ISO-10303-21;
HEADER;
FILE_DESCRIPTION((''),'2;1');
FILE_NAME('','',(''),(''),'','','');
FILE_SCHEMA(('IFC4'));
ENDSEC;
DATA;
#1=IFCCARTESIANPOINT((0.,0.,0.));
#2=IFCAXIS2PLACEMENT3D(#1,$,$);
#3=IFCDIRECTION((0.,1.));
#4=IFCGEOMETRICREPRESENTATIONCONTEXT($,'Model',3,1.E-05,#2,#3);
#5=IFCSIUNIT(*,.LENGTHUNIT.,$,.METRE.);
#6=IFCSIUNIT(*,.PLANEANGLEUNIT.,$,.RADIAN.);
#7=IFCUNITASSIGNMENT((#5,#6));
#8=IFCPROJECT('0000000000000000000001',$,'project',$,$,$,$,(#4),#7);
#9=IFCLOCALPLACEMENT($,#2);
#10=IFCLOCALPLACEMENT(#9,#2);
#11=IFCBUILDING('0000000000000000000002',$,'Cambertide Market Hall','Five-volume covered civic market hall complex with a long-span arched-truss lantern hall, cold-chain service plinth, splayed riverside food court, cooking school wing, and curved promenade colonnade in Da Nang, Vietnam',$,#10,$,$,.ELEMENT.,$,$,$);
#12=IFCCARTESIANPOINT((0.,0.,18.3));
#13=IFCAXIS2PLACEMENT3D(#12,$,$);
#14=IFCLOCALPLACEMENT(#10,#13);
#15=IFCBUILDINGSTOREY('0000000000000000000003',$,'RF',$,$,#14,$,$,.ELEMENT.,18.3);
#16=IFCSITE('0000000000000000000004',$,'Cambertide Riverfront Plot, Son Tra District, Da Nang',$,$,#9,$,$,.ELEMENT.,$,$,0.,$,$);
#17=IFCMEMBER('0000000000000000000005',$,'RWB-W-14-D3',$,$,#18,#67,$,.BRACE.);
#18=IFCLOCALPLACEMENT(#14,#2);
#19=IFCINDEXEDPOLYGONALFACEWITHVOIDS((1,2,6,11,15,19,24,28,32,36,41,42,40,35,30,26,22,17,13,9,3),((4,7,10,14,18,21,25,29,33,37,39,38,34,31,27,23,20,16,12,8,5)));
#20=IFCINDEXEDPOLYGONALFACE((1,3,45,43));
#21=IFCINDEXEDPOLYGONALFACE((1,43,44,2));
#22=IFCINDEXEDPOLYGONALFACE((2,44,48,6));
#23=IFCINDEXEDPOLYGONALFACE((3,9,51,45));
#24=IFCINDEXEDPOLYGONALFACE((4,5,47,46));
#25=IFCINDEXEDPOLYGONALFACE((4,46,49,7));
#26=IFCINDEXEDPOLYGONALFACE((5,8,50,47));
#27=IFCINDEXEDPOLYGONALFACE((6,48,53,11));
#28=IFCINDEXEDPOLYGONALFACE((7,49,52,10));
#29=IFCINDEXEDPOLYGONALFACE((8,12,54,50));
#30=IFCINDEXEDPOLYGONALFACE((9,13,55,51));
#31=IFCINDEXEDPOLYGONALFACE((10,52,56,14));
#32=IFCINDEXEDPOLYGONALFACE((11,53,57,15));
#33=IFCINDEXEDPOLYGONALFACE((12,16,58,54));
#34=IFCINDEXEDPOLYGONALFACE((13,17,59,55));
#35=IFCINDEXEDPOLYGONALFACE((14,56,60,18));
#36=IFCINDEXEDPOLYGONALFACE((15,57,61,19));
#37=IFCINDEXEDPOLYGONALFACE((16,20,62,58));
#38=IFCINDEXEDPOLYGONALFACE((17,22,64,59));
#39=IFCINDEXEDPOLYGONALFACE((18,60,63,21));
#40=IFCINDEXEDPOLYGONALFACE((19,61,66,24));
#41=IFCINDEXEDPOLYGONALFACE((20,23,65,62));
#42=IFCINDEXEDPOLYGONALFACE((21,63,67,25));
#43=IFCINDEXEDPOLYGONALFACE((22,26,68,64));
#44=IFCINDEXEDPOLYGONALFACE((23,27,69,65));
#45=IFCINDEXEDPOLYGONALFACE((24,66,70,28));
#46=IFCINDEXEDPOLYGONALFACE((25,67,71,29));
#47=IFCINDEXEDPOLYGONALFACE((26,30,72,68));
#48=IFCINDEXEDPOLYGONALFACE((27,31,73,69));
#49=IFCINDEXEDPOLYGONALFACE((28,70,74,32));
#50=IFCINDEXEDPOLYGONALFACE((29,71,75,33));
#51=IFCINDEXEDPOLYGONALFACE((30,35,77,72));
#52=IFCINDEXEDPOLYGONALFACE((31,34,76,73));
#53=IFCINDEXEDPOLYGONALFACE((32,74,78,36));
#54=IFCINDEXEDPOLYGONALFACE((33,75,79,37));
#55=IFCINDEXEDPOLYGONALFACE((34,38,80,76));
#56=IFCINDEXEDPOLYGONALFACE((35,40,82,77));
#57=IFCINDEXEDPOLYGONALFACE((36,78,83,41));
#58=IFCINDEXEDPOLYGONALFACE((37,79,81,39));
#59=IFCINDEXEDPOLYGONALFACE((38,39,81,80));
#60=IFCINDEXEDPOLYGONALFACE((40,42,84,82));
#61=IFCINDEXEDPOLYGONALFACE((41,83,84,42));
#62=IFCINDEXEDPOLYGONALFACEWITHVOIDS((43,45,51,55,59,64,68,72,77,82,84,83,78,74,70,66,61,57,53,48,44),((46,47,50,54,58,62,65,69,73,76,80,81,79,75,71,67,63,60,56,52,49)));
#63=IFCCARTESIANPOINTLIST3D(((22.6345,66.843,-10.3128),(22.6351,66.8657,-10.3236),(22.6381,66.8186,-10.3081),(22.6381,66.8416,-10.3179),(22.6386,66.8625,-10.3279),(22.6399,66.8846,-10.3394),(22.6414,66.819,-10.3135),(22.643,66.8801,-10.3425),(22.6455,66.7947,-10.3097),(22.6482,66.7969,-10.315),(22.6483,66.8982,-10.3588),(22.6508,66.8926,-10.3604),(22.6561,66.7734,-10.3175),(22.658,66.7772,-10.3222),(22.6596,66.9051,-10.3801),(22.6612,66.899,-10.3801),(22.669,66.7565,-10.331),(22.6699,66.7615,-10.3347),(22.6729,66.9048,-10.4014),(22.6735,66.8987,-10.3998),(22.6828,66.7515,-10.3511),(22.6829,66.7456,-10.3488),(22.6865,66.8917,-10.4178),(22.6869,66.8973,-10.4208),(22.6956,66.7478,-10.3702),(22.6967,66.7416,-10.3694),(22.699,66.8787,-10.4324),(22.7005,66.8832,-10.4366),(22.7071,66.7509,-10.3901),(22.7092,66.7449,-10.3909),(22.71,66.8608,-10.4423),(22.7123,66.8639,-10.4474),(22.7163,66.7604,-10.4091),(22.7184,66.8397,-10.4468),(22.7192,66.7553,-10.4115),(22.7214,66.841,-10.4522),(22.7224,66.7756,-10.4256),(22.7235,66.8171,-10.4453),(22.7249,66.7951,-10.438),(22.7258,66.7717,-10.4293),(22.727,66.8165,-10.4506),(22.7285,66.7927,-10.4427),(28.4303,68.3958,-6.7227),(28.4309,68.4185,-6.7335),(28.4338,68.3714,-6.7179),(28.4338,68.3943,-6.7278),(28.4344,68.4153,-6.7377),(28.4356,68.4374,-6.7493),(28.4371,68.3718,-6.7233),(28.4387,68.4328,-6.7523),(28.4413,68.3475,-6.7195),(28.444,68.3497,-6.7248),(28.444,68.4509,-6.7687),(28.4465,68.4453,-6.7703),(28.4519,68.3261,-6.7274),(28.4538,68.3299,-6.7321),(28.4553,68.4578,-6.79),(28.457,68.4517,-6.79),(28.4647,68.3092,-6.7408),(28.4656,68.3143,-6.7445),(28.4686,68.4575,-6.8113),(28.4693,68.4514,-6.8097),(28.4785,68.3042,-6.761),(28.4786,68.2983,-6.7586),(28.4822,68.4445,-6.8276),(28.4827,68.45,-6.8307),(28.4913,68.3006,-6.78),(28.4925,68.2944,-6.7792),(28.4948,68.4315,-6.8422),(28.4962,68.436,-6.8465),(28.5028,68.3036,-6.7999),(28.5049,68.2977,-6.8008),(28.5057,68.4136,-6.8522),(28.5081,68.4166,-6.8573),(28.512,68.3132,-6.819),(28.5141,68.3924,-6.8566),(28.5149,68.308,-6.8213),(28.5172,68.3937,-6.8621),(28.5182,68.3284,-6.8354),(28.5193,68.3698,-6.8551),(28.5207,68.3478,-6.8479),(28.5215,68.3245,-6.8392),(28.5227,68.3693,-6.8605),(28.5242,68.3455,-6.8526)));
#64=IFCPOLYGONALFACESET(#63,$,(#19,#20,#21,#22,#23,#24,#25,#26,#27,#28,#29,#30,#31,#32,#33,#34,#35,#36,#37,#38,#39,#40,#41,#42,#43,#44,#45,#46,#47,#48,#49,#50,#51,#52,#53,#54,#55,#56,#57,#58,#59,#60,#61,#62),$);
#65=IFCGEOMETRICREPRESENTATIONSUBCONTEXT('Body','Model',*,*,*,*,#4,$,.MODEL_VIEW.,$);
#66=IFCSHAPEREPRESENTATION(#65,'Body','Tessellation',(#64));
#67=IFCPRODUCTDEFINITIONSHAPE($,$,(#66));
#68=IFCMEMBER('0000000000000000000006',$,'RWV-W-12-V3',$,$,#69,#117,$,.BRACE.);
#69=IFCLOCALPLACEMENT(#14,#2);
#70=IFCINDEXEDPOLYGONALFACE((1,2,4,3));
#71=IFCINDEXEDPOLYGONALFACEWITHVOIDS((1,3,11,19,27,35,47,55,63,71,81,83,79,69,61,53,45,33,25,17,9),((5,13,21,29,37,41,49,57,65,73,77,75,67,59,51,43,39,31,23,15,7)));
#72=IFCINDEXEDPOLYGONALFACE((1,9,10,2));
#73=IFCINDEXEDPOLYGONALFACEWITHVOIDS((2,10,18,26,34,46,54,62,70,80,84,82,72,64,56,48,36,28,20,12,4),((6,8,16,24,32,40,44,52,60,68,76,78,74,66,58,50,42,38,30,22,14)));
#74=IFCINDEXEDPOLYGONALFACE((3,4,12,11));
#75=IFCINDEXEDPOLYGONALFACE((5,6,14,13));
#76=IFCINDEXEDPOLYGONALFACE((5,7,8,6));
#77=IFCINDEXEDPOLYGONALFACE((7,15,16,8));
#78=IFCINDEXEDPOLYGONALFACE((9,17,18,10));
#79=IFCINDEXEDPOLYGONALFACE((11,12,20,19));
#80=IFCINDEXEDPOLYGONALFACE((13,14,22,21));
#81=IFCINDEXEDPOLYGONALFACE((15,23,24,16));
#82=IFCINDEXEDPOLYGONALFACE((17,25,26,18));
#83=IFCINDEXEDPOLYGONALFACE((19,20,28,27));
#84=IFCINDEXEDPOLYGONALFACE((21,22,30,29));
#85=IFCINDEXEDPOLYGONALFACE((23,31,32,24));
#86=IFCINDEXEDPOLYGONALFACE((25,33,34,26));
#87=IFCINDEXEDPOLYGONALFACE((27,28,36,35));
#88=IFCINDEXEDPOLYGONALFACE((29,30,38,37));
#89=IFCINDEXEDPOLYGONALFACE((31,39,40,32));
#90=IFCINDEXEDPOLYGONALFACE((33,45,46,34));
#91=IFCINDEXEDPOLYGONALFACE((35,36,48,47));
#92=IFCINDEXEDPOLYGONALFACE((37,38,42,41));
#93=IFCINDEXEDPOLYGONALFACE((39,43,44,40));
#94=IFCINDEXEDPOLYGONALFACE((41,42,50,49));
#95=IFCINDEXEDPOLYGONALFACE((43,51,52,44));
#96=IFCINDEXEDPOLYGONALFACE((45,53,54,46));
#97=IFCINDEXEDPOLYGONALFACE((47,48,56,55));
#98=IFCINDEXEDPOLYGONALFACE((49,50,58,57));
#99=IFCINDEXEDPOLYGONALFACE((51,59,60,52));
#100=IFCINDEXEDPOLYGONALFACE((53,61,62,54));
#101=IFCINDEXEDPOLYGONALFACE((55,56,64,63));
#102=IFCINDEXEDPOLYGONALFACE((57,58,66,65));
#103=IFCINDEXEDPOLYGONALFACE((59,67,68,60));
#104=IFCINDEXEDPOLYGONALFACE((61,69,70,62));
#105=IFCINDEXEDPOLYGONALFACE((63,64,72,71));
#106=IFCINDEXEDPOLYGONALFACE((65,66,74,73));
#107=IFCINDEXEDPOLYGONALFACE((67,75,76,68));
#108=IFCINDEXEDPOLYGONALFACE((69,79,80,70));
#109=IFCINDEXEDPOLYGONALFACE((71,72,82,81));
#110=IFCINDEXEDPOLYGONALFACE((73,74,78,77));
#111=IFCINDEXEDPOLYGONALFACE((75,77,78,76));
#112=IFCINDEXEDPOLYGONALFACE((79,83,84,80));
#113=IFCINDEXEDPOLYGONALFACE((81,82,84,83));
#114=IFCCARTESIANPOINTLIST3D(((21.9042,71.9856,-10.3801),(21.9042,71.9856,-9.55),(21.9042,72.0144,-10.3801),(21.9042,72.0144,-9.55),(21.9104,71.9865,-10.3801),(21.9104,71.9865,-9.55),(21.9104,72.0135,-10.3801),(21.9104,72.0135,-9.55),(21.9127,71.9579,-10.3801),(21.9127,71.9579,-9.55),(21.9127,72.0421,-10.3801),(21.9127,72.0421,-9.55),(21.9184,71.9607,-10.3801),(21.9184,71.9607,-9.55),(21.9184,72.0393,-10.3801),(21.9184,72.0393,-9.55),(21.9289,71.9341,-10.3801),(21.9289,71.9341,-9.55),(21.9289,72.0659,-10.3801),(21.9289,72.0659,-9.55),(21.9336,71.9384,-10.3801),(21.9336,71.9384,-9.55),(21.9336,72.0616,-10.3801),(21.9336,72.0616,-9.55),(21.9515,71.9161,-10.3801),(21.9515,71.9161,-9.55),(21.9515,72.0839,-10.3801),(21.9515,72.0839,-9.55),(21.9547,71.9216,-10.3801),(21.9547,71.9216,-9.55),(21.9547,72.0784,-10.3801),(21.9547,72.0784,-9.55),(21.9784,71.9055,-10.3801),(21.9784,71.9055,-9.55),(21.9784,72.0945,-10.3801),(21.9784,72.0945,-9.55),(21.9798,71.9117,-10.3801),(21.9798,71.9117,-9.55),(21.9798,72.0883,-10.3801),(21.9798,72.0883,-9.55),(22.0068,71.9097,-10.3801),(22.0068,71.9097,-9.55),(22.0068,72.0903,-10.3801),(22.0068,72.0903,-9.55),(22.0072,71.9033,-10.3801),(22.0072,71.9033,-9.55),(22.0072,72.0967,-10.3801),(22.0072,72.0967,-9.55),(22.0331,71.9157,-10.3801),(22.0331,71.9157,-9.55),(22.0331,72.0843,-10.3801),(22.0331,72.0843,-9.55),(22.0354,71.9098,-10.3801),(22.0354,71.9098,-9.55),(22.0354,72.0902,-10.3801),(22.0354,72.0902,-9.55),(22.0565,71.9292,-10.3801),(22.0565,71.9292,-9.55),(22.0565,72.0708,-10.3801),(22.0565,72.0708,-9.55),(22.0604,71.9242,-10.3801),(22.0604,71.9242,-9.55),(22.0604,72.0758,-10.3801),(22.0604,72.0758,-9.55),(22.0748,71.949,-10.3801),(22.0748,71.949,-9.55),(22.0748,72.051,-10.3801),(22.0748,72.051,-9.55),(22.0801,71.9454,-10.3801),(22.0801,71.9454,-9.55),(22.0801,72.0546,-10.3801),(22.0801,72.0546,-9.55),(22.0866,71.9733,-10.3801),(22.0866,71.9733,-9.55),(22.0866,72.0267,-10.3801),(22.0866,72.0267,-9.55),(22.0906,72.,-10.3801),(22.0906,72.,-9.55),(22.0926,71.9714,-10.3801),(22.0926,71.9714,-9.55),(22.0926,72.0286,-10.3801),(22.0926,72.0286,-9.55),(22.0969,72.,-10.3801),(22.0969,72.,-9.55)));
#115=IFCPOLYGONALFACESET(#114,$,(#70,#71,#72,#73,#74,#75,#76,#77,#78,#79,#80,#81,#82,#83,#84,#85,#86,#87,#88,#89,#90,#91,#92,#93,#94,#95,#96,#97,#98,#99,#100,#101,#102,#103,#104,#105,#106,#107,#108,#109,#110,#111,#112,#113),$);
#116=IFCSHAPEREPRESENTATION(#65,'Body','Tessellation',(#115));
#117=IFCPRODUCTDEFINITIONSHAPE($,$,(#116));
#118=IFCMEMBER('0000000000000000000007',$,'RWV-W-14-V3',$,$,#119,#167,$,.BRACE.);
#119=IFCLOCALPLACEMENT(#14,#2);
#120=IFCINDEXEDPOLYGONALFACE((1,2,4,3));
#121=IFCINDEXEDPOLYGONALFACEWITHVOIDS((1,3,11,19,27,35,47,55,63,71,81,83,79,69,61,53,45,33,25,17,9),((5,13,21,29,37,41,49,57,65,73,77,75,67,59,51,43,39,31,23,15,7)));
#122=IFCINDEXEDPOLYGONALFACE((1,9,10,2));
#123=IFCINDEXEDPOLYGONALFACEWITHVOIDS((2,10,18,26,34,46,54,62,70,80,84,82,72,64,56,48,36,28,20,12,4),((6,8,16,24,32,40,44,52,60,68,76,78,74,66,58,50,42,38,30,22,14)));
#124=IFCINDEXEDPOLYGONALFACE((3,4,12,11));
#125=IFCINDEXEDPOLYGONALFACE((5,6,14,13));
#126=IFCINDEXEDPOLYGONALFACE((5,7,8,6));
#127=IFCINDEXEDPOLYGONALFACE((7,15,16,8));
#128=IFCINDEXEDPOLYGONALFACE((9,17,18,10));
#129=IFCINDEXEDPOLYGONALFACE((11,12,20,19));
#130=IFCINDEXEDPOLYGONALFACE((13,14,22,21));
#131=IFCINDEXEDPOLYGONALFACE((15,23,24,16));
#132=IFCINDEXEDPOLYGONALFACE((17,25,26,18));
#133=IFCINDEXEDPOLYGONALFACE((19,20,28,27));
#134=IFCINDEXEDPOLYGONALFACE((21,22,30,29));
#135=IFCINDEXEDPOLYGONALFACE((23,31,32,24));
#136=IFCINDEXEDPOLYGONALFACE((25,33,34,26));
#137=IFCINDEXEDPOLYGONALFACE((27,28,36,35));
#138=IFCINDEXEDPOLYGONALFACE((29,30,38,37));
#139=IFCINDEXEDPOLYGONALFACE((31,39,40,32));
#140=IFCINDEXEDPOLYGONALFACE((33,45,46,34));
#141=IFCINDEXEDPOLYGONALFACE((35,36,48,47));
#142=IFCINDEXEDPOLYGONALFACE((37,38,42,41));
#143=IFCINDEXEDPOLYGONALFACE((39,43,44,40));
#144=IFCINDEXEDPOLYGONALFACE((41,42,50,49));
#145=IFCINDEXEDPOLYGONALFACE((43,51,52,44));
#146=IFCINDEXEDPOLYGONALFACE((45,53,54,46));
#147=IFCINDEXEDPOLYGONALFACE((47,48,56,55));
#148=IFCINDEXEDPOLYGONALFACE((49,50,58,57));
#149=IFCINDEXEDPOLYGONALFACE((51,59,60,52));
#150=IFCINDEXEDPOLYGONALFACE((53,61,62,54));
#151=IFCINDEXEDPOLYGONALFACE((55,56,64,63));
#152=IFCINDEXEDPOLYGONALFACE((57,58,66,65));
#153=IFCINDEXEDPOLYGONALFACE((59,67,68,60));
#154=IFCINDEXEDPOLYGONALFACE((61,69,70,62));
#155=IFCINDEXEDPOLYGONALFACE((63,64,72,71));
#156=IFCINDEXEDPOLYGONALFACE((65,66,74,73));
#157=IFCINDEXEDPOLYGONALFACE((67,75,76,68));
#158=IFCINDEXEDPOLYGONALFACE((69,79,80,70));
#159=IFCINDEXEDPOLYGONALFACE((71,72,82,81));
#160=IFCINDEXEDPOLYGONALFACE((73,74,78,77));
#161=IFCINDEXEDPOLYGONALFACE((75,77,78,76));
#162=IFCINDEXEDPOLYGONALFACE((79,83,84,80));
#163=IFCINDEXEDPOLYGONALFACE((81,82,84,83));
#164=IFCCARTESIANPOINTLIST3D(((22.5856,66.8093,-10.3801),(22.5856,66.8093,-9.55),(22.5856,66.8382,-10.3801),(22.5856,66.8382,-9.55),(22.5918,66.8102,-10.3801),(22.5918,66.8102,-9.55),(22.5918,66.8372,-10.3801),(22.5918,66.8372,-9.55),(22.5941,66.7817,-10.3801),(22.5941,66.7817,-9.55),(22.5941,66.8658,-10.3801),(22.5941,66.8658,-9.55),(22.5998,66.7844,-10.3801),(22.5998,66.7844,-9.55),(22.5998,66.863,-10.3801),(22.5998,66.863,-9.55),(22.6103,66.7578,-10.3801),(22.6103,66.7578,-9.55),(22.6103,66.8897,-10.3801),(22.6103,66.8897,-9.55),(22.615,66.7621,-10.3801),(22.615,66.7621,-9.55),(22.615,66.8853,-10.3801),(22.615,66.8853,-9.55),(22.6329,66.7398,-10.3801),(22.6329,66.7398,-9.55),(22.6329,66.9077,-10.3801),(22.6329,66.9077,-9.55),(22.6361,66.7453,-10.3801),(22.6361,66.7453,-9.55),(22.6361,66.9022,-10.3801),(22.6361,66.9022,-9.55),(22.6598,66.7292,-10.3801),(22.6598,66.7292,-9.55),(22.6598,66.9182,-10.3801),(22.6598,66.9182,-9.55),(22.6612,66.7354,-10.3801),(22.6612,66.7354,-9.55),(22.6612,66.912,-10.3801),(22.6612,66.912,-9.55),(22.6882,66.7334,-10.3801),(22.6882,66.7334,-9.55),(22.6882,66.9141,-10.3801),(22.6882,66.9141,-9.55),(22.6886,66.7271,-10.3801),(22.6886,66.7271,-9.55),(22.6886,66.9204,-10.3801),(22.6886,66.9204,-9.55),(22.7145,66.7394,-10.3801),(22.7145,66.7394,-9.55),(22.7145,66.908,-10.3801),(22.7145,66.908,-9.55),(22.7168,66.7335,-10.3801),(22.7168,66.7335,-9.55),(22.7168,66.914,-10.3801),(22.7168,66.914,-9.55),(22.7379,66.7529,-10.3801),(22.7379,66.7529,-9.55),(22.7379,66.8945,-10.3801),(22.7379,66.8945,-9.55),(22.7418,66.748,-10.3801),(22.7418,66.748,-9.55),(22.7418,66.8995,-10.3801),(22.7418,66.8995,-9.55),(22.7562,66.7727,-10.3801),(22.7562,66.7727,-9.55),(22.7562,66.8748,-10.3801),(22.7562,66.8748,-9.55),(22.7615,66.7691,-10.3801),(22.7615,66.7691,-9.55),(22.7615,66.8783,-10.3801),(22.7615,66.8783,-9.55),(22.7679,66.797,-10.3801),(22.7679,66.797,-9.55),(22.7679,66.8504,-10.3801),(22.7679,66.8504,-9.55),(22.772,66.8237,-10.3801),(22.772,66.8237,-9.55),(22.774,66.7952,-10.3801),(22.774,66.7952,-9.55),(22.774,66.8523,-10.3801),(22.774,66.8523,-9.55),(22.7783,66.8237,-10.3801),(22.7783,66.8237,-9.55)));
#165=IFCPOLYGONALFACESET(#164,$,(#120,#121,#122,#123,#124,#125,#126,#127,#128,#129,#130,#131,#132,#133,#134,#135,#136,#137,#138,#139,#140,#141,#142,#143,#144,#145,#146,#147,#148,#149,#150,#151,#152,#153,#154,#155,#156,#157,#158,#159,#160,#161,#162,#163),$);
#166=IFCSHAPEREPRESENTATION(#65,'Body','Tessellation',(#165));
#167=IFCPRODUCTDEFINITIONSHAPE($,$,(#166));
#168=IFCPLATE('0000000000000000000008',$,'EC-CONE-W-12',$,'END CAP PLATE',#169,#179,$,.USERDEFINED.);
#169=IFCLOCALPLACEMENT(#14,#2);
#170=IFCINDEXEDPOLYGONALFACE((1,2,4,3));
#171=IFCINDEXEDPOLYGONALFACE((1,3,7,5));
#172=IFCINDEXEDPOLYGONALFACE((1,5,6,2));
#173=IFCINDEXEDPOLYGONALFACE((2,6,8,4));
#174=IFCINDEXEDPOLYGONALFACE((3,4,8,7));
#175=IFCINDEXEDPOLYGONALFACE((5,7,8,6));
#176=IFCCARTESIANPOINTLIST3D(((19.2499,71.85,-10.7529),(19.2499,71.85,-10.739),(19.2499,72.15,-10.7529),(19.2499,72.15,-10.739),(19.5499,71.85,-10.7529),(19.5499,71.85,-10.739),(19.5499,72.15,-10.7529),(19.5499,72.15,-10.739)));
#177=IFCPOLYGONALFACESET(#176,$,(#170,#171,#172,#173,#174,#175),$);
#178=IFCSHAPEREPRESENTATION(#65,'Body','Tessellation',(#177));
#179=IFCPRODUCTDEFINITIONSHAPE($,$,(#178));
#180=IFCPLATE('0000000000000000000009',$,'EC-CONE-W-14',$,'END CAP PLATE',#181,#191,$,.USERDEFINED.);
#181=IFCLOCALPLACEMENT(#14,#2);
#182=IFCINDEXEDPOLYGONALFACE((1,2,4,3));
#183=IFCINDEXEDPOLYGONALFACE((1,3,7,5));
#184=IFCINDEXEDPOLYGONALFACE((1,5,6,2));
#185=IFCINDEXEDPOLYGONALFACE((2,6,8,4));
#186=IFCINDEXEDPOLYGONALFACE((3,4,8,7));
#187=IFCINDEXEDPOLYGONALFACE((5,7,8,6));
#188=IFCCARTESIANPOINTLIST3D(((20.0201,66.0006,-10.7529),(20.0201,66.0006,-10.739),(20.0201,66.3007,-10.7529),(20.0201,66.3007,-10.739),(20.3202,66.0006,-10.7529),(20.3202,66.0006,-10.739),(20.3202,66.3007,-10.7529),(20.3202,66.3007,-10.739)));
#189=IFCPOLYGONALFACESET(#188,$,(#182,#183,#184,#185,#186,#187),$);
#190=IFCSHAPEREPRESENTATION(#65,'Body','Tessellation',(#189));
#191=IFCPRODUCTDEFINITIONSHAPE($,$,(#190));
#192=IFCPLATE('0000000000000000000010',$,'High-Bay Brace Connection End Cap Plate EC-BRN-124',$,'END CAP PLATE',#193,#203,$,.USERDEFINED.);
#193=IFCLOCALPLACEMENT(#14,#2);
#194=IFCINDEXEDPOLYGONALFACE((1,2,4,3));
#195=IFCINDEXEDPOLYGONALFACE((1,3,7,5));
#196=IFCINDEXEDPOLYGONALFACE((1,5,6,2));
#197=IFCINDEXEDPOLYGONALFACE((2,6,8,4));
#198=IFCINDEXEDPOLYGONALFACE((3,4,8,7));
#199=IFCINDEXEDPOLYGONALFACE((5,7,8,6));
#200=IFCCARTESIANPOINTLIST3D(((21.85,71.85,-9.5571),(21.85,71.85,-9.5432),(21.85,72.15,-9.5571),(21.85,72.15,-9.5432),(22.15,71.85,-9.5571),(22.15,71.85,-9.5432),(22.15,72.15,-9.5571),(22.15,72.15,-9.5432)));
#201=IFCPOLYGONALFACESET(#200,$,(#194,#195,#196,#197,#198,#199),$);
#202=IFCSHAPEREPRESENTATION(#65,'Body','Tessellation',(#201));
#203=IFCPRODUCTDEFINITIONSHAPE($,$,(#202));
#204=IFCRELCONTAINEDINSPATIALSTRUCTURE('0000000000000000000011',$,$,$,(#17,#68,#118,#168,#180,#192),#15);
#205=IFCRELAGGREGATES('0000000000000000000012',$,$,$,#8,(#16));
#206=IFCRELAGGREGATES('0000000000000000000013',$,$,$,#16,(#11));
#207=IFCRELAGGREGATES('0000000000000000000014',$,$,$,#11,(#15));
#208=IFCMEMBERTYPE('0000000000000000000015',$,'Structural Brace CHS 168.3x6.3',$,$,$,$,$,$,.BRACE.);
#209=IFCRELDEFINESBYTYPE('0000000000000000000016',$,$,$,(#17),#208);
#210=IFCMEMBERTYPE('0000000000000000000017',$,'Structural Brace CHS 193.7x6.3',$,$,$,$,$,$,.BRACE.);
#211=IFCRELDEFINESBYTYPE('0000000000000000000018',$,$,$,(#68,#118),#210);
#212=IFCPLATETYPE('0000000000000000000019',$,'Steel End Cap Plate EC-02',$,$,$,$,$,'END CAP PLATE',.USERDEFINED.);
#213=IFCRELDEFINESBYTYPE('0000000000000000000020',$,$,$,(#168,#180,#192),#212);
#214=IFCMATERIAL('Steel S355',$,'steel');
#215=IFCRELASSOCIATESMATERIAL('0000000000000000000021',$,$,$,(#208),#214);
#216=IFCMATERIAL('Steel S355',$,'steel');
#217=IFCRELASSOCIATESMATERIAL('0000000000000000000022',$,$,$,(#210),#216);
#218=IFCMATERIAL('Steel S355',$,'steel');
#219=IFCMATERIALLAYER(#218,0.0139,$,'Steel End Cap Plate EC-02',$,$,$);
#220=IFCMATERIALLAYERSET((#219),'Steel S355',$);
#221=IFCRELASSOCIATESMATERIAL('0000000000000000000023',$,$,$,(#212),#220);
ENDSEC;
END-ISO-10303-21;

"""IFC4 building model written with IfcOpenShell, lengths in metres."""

from ifc_helpers import new_model, si_unit, direction, frame, origin, origin_2d, place, context, subcontext, project, spatial, rectangle, hollow_circle, extrude, material, layer, layer_set, material_profile, profile_set, type_object, element, save


model = new_model("IFC4")

# Units and contexts
model_context = context("Model", 3, precision=1e-05, world=origin(), true_north=direction((0.0, 1.0)))
body_context = subcontext(model_context, "Body", "Model", "MODEL_VIEW")
ifc_project = project(units=[si_unit("LENGTHUNIT", "METRE"), si_unit("PLANEANGLEUNIT", "RADIAN")], contexts=[model_context])

# Site, building, storey
site_placement = place(None, origin())
site = spatial("IfcSite", under=ifc_project, at=site_placement, Name="Cambertide Riverfront Plot, Son Tra District, Da Nang", CompositionType="ELEMENT", RefElevation=0.0)
building_placement = place(site_placement, origin())
building = spatial("IfcBuilding", under=site, at=building_placement, Name="Cambertide Market Hall", Description="Five-volume covered civic market hall complex with a long-span arched-truss lantern hall, cold-chain service plinth, splayed riverside food court, cooking school wing, and curved promenade colonnade in Da Nang, Vietnam", CompositionType="ELEMENT")
storey_placement = place(building_placement, frame((0.0, 0.0, 18.3)))
storey = spatial("IfcBuildingStorey", under=building, at=storey_placement, Name="RF", CompositionType="ELEMENT", Elevation=18.3)

# Members
ifc_material_1 = material(Name="Steel S355", Category="steel")
ifc_material_profile_1 = material_profile(ifc_material_1, hollow_circle(Radius=0.0842, WallThickness=0.0063, at=origin_2d()), Name="CHS 168.3x6.3")
ifc_profile_set_1 = profile_set([ifc_material_profile_1], Name="Steel S355")
member_type_1 = type_object("IfcMemberType", Name="Structural Brace CHS 168.3x6.3", PredefinedType="BRACE", material=ifc_profile_set_1)
member_1_placement = place(storey_placement, frame((22.6814, 66.8237, -10.3801), z_axis=(0.828887, 0.22207, 0.51345), x_axis=(-0.258787, 0.965934, 0.0)))
element("IfcMember", 1, at=member_1_placement, inside=storey, type_object=member_type_1, Name="RWB-W-14-D3", PredefinedType="BRACE", context=body_context, shape_type="SweptSolid", body=[
    extrude(hollow_circle(Radius=0.0842, WallThickness=0.0063, at=origin_2d()), origin(), (0.0, 0.0, 1.0), 6.9922),
])
ifc_material_2 = material(Name="Steel S355", Category="steel")
ifc_material_profile_2 = material_profile(ifc_material_2, hollow_circle(Radius=0.0969, WallThickness=0.0063, at=origin_2d()), Name="CHS 193.7x6.3")
ifc_profile_set_2 = profile_set([ifc_material_profile_2], Name="Steel S355")
member_type_2 = type_object("IfcMemberType", Name="Structural Brace CHS 193.7x6.3", PredefinedType="BRACE", material=ifc_profile_set_2)
for number, where, z_axis, x_axis, name in (
    (2, (22.0, 72.0, -10.3801), (0.0, 0.0, 1.0), (1.0, 0.0, 0.0), "RWV-W-12-V3"),
    (3, (22.6814, 66.8237, -10.3801), (0.0, 0.0, 1.0), (1.0, 0.0, 0.0), "RWV-W-14-V3"),
):
    element("IfcMember", number, at=place(storey_placement, frame(where, z_axis=z_axis, x_axis=x_axis)), inside=storey, type_object=member_type_2, Name=name, PredefinedType="BRACE", context=body_context, shape_type="SweptSolid", body=[
        extrude(hollow_circle(Radius=0.0969, WallThickness=0.0063, at=origin_2d()), origin(), (0.0, 0.0, 1.0), 0.8301),
    ])

# Plates
ifc_material_3 = material(Name="Steel S355", Category="steel")
ifc_layer_1 = layer(ifc_material_3, 0.0139, Name="Steel End Cap Plate EC-02")
ifc_layer_set_1 = layer_set([ifc_layer_1], Name="Steel S355")
plate_type_1 = type_object("IfcPlateType", Name="Steel End Cap Plate EC-02", ElementType="END CAP PLATE", PredefinedType="USERDEFINED", material=ifc_layer_set_1)
for number, where, z_axis, x_axis, name in (
    (4, (19.3999, 72.0, -10.7529), (0.0, 0.0, 1.0), (1.0, 0.0, 0.0), "EC-CONE-W-12"),
    (5, (20.1702, 66.1506, -10.7529), (0.0, 0.0, 1.0), (1.0, 0.0, 0.0), "EC-CONE-W-14"),
    (6, (22.0, 72.0, -9.5571), (0.0, 0.0, 1.0), (1.0, 0.0, 0.0), "High-Bay Brace Connection End Cap Plate EC-BRN-124"),
):
    element("IfcPlate", number, at=place(storey_placement, frame(where, z_axis=z_axis, x_axis=x_axis)), inside=storey, type_object=plate_type_1, Name=name, ObjectType="END CAP PLATE", PredefinedType="USERDEFINED", context=body_context, shape_type="SweptSolid", body=[
        extrude(rectangle(XDim=0.3, YDim=0.3, at=origin_2d()), origin(), (0.0, 0.0, 1.0), 0.0139),
    ])

save(model, "model.ifc")
